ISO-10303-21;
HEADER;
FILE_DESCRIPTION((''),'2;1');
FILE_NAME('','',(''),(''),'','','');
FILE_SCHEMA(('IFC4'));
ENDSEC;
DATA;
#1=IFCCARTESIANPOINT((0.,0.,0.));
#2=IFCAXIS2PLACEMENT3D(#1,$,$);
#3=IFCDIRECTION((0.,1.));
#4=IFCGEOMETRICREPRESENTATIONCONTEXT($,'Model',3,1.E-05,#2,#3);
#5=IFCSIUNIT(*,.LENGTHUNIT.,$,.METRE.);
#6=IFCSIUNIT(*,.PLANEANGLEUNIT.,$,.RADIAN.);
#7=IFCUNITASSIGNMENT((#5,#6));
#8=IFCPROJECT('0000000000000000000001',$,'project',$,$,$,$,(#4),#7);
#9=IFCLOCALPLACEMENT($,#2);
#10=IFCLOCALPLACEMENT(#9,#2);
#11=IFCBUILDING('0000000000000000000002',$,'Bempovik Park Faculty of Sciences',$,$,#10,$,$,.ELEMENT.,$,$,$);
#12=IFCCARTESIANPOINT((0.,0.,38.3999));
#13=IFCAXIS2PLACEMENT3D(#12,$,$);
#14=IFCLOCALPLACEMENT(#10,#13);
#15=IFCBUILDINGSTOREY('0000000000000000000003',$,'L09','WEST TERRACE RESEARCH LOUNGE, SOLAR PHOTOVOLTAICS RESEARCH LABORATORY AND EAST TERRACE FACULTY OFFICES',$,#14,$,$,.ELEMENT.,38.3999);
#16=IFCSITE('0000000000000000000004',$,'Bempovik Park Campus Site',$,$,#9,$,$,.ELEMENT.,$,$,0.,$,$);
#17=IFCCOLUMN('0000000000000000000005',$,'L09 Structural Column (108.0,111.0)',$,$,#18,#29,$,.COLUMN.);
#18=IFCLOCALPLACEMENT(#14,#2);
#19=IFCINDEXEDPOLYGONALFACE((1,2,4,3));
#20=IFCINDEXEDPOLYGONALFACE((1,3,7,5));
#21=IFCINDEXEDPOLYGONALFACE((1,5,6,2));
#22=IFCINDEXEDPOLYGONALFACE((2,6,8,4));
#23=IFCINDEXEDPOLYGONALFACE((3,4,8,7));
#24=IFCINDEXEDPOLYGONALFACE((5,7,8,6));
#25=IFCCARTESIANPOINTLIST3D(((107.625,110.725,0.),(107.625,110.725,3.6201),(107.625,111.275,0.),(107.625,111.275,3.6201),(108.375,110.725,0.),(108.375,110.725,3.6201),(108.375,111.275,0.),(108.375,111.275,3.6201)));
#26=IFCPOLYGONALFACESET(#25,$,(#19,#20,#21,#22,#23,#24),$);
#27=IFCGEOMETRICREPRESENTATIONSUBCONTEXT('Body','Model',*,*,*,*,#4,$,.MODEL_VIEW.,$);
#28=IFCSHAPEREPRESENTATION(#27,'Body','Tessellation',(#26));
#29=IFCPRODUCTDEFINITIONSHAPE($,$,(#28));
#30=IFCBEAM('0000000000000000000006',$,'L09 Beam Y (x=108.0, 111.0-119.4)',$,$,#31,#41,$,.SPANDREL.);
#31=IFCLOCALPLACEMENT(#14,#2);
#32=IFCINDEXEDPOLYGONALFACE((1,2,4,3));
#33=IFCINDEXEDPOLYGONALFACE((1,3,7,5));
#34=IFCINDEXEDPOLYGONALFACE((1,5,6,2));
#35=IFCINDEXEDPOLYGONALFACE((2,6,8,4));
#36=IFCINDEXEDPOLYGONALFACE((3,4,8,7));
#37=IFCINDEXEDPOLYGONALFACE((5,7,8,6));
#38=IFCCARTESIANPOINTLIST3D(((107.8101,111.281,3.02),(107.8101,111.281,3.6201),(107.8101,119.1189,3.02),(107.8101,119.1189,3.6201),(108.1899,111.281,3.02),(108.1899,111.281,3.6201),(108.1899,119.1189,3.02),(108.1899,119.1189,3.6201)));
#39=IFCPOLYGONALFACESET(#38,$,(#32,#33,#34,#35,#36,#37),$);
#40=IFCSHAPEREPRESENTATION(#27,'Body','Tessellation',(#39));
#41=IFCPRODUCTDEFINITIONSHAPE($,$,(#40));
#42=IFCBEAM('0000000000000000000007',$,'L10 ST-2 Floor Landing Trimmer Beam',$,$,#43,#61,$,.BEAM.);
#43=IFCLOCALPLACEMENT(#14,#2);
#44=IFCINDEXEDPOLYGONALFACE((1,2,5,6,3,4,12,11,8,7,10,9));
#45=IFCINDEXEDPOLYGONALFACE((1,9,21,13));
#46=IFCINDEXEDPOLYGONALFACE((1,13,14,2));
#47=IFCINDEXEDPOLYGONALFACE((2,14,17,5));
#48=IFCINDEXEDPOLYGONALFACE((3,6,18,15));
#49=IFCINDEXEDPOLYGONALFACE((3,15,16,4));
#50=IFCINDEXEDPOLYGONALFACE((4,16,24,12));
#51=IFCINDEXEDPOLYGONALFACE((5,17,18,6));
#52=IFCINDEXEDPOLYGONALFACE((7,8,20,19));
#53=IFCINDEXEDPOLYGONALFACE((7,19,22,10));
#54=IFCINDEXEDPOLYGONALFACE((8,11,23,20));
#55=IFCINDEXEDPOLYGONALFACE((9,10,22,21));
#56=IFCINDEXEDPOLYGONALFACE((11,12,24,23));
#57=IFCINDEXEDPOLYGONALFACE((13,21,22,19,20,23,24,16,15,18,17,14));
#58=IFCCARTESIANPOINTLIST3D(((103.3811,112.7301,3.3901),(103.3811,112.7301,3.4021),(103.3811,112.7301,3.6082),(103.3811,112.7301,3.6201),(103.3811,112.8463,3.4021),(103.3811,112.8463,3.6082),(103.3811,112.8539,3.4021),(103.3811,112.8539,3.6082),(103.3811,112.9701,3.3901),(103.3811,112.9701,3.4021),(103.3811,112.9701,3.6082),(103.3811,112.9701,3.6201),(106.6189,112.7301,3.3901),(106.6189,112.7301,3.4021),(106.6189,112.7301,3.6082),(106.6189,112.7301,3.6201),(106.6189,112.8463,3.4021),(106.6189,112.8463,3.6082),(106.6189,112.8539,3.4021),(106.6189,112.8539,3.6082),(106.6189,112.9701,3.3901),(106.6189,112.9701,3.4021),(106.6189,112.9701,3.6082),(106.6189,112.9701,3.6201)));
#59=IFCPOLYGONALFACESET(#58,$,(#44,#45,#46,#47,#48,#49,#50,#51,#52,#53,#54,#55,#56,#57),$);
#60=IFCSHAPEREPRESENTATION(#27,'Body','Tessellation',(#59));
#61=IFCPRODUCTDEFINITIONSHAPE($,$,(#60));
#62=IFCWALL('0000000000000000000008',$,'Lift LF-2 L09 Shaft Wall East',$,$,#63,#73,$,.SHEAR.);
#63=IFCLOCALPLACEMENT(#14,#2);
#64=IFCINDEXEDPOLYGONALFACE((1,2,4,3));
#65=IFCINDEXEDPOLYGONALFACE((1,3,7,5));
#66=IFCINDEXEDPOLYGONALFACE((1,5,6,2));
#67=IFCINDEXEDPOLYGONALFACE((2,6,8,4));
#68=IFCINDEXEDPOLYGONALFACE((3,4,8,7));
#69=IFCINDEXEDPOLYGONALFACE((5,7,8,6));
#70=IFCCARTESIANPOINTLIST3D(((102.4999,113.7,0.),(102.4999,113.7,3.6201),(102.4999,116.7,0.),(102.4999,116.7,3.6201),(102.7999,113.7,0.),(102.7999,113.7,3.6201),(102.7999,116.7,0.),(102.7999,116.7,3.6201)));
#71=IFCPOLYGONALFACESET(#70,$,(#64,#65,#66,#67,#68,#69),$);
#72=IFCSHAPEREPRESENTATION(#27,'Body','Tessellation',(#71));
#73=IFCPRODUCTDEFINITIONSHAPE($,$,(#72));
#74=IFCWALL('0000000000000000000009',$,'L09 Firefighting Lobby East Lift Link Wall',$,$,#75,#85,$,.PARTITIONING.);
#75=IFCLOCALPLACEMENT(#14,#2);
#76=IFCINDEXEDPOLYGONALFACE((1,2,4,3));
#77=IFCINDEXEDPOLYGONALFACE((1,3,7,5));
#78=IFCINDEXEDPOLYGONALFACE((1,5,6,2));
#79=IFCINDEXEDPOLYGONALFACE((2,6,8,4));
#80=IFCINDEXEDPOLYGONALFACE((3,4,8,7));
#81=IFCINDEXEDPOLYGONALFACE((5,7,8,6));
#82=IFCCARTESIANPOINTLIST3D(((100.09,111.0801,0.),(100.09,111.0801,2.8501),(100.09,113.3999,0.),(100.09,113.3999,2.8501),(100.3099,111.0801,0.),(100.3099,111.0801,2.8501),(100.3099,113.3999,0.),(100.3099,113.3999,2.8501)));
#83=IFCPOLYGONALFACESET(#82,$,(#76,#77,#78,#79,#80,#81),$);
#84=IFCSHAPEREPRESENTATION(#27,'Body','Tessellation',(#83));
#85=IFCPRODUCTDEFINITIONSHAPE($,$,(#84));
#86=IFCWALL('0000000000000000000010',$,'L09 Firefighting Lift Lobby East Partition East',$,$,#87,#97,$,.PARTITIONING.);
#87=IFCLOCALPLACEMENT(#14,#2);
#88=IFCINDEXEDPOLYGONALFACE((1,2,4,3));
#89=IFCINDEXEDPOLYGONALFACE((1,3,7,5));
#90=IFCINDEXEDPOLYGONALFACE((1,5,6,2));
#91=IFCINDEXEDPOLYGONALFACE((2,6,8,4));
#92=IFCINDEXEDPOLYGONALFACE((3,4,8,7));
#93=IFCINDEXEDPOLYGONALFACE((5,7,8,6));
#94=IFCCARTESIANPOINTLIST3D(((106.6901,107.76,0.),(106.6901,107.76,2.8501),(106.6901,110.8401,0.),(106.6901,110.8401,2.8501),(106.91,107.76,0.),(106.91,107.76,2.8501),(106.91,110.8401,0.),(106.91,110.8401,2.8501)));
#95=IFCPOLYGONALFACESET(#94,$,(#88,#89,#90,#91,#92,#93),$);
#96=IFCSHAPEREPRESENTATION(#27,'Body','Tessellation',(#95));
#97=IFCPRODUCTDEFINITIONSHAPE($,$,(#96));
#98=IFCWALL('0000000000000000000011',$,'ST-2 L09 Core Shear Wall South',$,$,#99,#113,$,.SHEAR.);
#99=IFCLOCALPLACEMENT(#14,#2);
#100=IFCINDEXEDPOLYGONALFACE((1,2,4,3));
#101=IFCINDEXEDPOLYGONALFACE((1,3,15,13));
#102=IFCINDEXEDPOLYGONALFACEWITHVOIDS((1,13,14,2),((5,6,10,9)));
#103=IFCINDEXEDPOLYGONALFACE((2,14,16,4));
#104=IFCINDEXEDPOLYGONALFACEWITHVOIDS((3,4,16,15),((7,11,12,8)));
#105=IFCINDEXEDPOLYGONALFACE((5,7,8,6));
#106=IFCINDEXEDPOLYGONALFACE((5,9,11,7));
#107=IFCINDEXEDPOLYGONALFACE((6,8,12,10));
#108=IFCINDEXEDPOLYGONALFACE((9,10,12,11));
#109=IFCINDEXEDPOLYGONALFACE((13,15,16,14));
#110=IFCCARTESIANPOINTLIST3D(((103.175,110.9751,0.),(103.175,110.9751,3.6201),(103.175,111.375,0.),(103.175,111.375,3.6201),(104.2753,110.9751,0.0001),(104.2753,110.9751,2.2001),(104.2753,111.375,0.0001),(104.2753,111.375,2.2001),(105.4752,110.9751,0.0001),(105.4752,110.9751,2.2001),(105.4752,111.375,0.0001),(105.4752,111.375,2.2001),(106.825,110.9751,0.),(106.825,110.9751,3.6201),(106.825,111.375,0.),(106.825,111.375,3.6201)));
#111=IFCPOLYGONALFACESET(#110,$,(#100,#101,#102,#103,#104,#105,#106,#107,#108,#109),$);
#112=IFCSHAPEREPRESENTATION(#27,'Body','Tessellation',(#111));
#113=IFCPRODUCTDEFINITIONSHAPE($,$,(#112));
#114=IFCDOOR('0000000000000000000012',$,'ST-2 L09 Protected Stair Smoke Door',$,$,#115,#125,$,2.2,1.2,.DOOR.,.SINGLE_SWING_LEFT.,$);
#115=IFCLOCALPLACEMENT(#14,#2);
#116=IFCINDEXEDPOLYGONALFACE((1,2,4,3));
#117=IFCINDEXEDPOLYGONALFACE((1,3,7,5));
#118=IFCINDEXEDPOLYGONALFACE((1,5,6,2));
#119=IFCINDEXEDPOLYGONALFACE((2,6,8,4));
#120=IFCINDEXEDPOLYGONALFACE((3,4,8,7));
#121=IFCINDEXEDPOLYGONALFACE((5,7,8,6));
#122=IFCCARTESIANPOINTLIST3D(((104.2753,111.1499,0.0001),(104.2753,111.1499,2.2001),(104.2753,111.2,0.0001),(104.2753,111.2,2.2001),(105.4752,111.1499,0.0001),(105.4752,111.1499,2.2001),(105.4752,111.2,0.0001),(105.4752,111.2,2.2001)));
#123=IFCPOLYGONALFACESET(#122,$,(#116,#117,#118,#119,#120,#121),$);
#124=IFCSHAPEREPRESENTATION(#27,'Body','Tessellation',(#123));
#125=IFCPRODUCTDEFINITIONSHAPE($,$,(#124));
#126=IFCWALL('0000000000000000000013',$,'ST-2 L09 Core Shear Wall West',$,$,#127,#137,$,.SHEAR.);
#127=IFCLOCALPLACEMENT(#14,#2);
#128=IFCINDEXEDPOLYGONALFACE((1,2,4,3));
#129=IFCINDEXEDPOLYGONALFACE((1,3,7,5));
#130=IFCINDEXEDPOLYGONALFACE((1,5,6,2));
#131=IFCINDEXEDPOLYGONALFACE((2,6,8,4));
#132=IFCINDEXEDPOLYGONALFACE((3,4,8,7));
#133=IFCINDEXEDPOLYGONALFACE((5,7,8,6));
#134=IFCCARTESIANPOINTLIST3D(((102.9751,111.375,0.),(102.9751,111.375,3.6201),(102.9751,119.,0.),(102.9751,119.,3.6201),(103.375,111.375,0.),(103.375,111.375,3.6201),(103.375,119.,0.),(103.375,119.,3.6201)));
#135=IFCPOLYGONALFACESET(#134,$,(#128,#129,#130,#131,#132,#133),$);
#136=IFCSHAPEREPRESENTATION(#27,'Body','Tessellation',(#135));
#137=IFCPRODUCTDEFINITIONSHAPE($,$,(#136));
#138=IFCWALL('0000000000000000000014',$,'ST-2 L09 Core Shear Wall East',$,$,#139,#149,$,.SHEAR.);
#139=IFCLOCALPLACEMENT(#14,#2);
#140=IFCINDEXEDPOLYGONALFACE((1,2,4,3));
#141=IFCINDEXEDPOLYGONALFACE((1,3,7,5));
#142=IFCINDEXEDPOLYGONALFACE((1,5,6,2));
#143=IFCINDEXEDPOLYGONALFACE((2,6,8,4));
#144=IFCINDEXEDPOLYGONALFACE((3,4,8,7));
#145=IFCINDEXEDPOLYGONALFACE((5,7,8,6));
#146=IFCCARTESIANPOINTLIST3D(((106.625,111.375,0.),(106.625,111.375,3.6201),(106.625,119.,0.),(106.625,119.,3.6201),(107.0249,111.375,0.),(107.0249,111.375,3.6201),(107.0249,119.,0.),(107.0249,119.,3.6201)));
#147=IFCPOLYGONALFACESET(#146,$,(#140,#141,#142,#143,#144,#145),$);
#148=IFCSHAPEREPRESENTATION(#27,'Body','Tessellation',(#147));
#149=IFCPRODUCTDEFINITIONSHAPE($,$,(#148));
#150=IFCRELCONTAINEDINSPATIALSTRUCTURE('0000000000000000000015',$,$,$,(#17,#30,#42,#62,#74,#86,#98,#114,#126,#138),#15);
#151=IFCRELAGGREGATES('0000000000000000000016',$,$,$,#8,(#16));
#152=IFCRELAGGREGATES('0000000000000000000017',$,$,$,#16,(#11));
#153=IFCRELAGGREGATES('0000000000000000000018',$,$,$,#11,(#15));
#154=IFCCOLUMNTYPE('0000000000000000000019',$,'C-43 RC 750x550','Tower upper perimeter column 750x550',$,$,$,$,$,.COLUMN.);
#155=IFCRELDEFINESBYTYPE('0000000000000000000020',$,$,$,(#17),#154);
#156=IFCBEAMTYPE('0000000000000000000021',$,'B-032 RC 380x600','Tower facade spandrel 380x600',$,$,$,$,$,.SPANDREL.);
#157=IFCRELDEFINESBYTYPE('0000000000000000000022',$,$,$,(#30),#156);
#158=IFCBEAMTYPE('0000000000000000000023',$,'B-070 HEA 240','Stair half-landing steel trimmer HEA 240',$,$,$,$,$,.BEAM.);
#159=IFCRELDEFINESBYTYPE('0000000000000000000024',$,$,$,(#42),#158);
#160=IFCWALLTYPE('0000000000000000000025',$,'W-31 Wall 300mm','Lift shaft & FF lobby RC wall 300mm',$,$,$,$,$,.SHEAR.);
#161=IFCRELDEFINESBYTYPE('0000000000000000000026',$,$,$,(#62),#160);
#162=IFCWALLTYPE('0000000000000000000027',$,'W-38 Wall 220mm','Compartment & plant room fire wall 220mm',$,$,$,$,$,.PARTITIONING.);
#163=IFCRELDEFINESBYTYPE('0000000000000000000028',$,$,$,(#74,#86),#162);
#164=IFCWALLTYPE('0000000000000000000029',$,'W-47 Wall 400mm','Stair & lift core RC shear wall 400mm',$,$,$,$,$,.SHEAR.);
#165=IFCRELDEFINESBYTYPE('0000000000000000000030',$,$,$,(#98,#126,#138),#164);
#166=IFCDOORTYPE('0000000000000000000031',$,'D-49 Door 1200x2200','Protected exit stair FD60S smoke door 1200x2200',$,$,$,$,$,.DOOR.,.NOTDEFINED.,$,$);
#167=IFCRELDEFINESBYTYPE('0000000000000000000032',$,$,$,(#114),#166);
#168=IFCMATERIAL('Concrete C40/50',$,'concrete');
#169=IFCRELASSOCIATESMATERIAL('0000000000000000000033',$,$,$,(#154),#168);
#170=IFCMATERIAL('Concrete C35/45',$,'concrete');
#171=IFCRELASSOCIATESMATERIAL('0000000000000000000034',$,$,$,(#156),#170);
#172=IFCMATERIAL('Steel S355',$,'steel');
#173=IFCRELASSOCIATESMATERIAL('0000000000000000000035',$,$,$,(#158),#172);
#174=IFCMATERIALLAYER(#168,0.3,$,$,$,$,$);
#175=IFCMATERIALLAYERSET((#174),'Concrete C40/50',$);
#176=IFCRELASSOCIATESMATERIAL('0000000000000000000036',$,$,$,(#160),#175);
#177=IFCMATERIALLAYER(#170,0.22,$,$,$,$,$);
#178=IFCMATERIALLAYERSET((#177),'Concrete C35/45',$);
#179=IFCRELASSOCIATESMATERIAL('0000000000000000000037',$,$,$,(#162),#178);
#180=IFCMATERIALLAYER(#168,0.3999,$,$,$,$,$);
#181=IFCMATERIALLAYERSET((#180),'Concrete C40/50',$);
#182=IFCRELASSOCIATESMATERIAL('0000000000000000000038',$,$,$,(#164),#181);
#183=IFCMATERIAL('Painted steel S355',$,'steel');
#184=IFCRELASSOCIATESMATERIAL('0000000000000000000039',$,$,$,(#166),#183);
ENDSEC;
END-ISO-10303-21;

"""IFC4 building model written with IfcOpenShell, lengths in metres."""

from ifc_helpers import new_model, si_unit, direction, frame, frame_2d, origin, origin_2d, place, context, subcontext, project, spatial, rectangle, i_section, extrude, material, layer, layer_set, material_profile, profile_set, type_object, element, fill, save


model = new_model("IFC4")

# Units and contexts
model_context = context("Model", 3, precision=1e-05, world=origin(), true_north=direction((0.0, 1.0)))
body_context = subcontext(model_context, "Body", "Model", "MODEL_VIEW")
ifc_project = project(units=[si_unit("LENGTHUNIT", "METRE"), si_unit("PLANEANGLEUNIT", "RADIAN")], contexts=[model_context])

# Site, building, storey
site_placement = place(None, origin())
site = spatial("IfcSite", under=ifc_project, at=site_placement, Name="Bempovik Park Campus Site", CompositionType="ELEMENT", RefElevation=0.0)
building_placement = place(site_placement, origin())
building = spatial("IfcBuilding", under=site, at=building_placement, Name="Bempovik Park Faculty of Sciences", CompositionType="ELEMENT")
storey_placement = place(building_placement, frame((0.0, 0.0, 38.3999)))
storey = spatial("IfcBuildingStorey", under=building, at=storey_placement, Name="L09", Description="WEST TERRACE RESEARCH LOUNGE, SOLAR PHOTOVOLTAICS RESEARCH LABORATORY AND EAST TERRACE FACULTY OFFICES", CompositionType="ELEMENT", Elevation=38.3999)

# Column
ifc_material_1 = material(Name="Concrete C40/50", Category="concrete")
ifc_material_profile_1 = material_profile(ifc_material_1, rectangle(XDim=0.75, YDim=0.55, at=origin_2d()), Name="RC 750x550")
ifc_profile_set_1 = profile_set([ifc_material_profile_1], Name="Concrete C40/50")
column_type = type_object("IfcColumnType", Name="C-43 RC 750x550", Description="Tower upper perimeter column 750x550", PredefinedType="COLUMN", material=ifc_profile_set_1)
column_placement = place(storey_placement, frame((108.0, 111.0, 0.0), z_axis=(0.0, 0.0, 1.0), x_axis=(1.0, 0.0, 0.0)))
element("IfcColumn", 1, at=column_placement, inside=storey, type_object=column_type, Name="L09 Structural Column (108.0,111.0)", PredefinedType="COLUMN", context=body_context, shape_type="SweptSolid", body=[
    extrude(rectangle(XDim=0.75, YDim=0.55, at=origin_2d()), origin(), (0.0, 0.0, 1.0), 3.6201),
])

# Beams
ifc_material_2 = material(Name="Concrete C35/45", Category="concrete")
ifc_material_profile_2 = material_profile(ifc_material_2, rectangle(XDim=0.3799, YDim=0.6001, at=origin_2d()), Name="RC 380x600")
ifc_profile_set_2 = profile_set([ifc_material_profile_2], Name="Concrete C35/45")
beam_type_1 = type_object("IfcBeamType", Name="B-032 RC 380x600", Description="Tower facade spandrel 380x600", PredefinedType="SPANDREL", material=ifc_profile_set_2)
beam_1_placement = place(storey_placement, frame((108.0, 111.281, 3.3201), z_axis=(0.0, 1.0, 0.0), x_axis=(-1.0, 0.0, 0.0)))
element("IfcBeam", 2, at=beam_1_placement, inside=storey, type_object=beam_type_1, Name="L09 Beam Y (x=108.0, 111.0-119.4)", PredefinedType="SPANDREL", context=body_context, shape_type="SweptSolid", body=[
    extrude(rectangle(XDim=0.3799, YDim=0.6001, at=origin_2d()), origin(), (0.0, 0.0, 1.0), 7.8379),
])
ifc_material_3 = material(Name="Steel S355", Category="steel")
ifc_material_profile_3 = material_profile(ifc_material_3, i_section(OverallWidth=0.24, OverallDepth=0.23, WebThickness=0.0076, FlangeThickness=0.012, at=origin_2d()), Name="HEA 240")
ifc_profile_set_3 = profile_set([ifc_material_profile_3], Name="Steel S355")
beam_type_2 = type_object("IfcBeamType", Name="B-070 HEA 240", Description="Stair half-landing steel trimmer HEA 240", PredefinedType="BEAM", material=ifc_profile_set_3)
beam_2_placement = place(storey_placement, frame((103.3811, 112.8501, 3.5051), z_axis=(1.0, 0.0, 0.0), x_axis=(0.0, 1.0, 0.0)))
element("IfcBeam", 3, at=beam_2_placement, inside=storey, type_object=beam_type_2, Name="L10 ST-2 Floor Landing Trimmer Beam", PredefinedType="BEAM", context=body_context, shape_type="SweptSolid", body=[
    extrude(i_section(OverallWidth=0.24, OverallDepth=0.23, WebThickness=0.0076, FlangeThickness=0.012, at=origin_2d()), origin(), (0.0, 0.0, 1.0), 3.2378),
])

# Walls
ifc_layer_1 = layer(ifc_material_1, 0.3)
ifc_layer_set_1 = layer_set([ifc_layer_1], Name="Concrete C40/50")
wall_type_1 = type_object("IfcWallType", Name="W-31 Wall 300mm", Description="Lift shaft & FF lobby RC wall 300mm", PredefinedType="SHEAR", material=ifc_layer_set_1)
wall_1_placement = place(storey_placement, frame((102.6499, 113.7, 0.0), z_axis=(0.0, 0.0, 1.0), x_axis=(0.0, 1.0, 0.0)))
element("IfcWall", 4, at=wall_1_placement, inside=storey, type_object=wall_type_1, Name="Lift LF-2 L09 Shaft Wall East", PredefinedType="SHEAR", context=body_context, shape_type="SweptSolid", body=[
    extrude(rectangle(XDim=3.0, YDim=0.3, at=frame_2d((1.5, 0.0))), origin(), (0.0, 0.0, 1.0), 3.6201),
])
ifc_layer_2 = layer(ifc_material_2, 0.22)
ifc_layer_set_2 = layer_set([ifc_layer_2], Name="Concrete C35/45")
wall_type_2 = type_object("IfcWallType", Name="W-38 Wall 220mm", Description="Compartment & plant room fire wall 220mm", PredefinedType="PARTITIONING", material=ifc_layer_set_2)
wall_2_placement = place(storey_placement, frame((100.2, 111.0801, 0.0), z_axis=(0.0, 0.0, 1.0), x_axis=(0.0, 1.0, 0.0)))
element("IfcWall", 5, at=wall_2_placement, inside=storey, type_object=wall_type_2, Name="L09 Firefighting Lobby East Lift Link Wall", PredefinedType="PARTITIONING", context=body_context, shape_type="SweptSolid", body=[
    extrude(rectangle(XDim=2.3198, YDim=0.22, at=frame_2d((1.1599, 0.0))), origin(), (0.0, 0.0, 1.0), 2.8501),
])
wall_3_placement = place(storey_placement, frame((106.8, 107.76, 0.0), z_axis=(0.0, 0.0, 1.0), x_axis=(0.0, 1.0, 0.0)))
element("IfcWall", 6, at=wall_3_placement, inside=storey, type_object=wall_type_2, Name="L09 Firefighting Lift Lobby East Partition East", PredefinedType="PARTITIONING", context=body_context, shape_type="SweptSolid", body=[
    extrude(rectangle(XDim=3.0801, YDim=0.22, at=frame_2d((1.54, 0.0))), origin(), (0.0, 0.0, 1.0), 2.8501),
])

# Wall, opening, door
ifc_layer_3 = layer(ifc_material_1, 0.3999)
ifc_layer_set_3 = layer_set([ifc_layer_3], Name="Concrete C40/50")
wall_type_3 = type_object("IfcWallType", Name="W-47 Wall 400mm", Description="Stair & lift core RC shear wall 400mm", PredefinedType="SHEAR", material=ifc_layer_set_3)
wall_4_placement = place(storey_placement, frame((103.175, 111.175, 0.0), z_axis=(0.0, 0.0, 1.0), x_axis=(1.0, 0.0, 0.0)))
wall_4 = element("IfcWall", 7, at=wall_4_placement, inside=storey, type_object=wall_type_3, Name="ST-2 L09 Core Shear Wall South", PredefinedType="SHEAR", context=body_context, shape_type="SweptSolid", body=[
    extrude(rectangle(XDim=3.6499, YDim=0.3999, at=frame_2d((1.825, 0.0))), origin(), (0.0, 0.0, 1.0), 3.6201),
])
opening_1_placement = place(wall_4_placement, frame((1.1001, 0.0, 0.0)))
opening_1 = element("IfcOpeningElement", 8, at=opening_1_placement, cuts=wall_4, PredefinedType="OPENING", context=body_context, shape_type="SweptSolid", body=[
    extrude(rectangle(XDim=1.2, YDim=2.2, at=frame_2d((0.6001, 1.1001))), frame((0.0, 0.21, 0.0), z_axis=(0.0, -1.0, 0.0), x_axis=(1.0, 0.0, 0.0)), (0.0, 0.0, 1.0), 0.4199),
])
ifc_material_4 = material(Name="Painted steel S355", Category="steel")
door_type = type_object("IfcDoorType", Name="D-49 Door 1200x2200", Description="Protected exit stair FD60S smoke door 1200x2200", OperationType="NOTDEFINED", PredefinedType="DOOR", material=ifc_material_4)
door_placement = place(opening_1_placement, origin())
door = element("IfcDoor", 9, at=door_placement, inside=storey, type_object=door_type, Name="ST-2 L09 Protected Stair Smoke Door", OperationType="SINGLE_SWING_LEFT", OverallHeight=2.2, OverallWidth=1.2, PredefinedType="DOOR", context=body_context, shape_type="SweptSolid", body=[
    extrude(rectangle(XDim=1.2, YDim=2.2, at=frame_2d((0.6001, 1.1001))), frame((0.0, 0.0249, 0.0), z_axis=(0.0, -1.0, 0.0), x_axis=(1.0, 0.0, 0.0)), (0.0, 0.0, 1.0), 0.05),
])
fill(opening_1, door)

# Walls
for number, where, z_axis, x_axis, name in (
    (10, (103.175, 111.375, 0.0), (0.0, 0.0, 1.0), (0.0, 1.0, 0.0), "ST-2 L09 Core Shear Wall West"),
    (11, (106.825, 111.375, 0.0), (0.0, 0.0, 1.0), (0.0, 1.0, 0.0), "ST-2 L09 Core Shear Wall East"),
):
    element("IfcWall", number, at=place(storey_placement, frame(where, z_axis=z_axis, x_axis=x_axis)), inside=storey, type_object=wall_type_3, Name=name, PredefinedType="SHEAR", context=body_context, shape_type="SweptSolid", body=[
        extrude(rectangle(XDim=7.625, YDim=0.3999, at=frame_2d((3.8125, 0.0))), origin(), (0.0, 0.0, 1.0), 3.6201),
    ])

save(model, "model.ifc")
